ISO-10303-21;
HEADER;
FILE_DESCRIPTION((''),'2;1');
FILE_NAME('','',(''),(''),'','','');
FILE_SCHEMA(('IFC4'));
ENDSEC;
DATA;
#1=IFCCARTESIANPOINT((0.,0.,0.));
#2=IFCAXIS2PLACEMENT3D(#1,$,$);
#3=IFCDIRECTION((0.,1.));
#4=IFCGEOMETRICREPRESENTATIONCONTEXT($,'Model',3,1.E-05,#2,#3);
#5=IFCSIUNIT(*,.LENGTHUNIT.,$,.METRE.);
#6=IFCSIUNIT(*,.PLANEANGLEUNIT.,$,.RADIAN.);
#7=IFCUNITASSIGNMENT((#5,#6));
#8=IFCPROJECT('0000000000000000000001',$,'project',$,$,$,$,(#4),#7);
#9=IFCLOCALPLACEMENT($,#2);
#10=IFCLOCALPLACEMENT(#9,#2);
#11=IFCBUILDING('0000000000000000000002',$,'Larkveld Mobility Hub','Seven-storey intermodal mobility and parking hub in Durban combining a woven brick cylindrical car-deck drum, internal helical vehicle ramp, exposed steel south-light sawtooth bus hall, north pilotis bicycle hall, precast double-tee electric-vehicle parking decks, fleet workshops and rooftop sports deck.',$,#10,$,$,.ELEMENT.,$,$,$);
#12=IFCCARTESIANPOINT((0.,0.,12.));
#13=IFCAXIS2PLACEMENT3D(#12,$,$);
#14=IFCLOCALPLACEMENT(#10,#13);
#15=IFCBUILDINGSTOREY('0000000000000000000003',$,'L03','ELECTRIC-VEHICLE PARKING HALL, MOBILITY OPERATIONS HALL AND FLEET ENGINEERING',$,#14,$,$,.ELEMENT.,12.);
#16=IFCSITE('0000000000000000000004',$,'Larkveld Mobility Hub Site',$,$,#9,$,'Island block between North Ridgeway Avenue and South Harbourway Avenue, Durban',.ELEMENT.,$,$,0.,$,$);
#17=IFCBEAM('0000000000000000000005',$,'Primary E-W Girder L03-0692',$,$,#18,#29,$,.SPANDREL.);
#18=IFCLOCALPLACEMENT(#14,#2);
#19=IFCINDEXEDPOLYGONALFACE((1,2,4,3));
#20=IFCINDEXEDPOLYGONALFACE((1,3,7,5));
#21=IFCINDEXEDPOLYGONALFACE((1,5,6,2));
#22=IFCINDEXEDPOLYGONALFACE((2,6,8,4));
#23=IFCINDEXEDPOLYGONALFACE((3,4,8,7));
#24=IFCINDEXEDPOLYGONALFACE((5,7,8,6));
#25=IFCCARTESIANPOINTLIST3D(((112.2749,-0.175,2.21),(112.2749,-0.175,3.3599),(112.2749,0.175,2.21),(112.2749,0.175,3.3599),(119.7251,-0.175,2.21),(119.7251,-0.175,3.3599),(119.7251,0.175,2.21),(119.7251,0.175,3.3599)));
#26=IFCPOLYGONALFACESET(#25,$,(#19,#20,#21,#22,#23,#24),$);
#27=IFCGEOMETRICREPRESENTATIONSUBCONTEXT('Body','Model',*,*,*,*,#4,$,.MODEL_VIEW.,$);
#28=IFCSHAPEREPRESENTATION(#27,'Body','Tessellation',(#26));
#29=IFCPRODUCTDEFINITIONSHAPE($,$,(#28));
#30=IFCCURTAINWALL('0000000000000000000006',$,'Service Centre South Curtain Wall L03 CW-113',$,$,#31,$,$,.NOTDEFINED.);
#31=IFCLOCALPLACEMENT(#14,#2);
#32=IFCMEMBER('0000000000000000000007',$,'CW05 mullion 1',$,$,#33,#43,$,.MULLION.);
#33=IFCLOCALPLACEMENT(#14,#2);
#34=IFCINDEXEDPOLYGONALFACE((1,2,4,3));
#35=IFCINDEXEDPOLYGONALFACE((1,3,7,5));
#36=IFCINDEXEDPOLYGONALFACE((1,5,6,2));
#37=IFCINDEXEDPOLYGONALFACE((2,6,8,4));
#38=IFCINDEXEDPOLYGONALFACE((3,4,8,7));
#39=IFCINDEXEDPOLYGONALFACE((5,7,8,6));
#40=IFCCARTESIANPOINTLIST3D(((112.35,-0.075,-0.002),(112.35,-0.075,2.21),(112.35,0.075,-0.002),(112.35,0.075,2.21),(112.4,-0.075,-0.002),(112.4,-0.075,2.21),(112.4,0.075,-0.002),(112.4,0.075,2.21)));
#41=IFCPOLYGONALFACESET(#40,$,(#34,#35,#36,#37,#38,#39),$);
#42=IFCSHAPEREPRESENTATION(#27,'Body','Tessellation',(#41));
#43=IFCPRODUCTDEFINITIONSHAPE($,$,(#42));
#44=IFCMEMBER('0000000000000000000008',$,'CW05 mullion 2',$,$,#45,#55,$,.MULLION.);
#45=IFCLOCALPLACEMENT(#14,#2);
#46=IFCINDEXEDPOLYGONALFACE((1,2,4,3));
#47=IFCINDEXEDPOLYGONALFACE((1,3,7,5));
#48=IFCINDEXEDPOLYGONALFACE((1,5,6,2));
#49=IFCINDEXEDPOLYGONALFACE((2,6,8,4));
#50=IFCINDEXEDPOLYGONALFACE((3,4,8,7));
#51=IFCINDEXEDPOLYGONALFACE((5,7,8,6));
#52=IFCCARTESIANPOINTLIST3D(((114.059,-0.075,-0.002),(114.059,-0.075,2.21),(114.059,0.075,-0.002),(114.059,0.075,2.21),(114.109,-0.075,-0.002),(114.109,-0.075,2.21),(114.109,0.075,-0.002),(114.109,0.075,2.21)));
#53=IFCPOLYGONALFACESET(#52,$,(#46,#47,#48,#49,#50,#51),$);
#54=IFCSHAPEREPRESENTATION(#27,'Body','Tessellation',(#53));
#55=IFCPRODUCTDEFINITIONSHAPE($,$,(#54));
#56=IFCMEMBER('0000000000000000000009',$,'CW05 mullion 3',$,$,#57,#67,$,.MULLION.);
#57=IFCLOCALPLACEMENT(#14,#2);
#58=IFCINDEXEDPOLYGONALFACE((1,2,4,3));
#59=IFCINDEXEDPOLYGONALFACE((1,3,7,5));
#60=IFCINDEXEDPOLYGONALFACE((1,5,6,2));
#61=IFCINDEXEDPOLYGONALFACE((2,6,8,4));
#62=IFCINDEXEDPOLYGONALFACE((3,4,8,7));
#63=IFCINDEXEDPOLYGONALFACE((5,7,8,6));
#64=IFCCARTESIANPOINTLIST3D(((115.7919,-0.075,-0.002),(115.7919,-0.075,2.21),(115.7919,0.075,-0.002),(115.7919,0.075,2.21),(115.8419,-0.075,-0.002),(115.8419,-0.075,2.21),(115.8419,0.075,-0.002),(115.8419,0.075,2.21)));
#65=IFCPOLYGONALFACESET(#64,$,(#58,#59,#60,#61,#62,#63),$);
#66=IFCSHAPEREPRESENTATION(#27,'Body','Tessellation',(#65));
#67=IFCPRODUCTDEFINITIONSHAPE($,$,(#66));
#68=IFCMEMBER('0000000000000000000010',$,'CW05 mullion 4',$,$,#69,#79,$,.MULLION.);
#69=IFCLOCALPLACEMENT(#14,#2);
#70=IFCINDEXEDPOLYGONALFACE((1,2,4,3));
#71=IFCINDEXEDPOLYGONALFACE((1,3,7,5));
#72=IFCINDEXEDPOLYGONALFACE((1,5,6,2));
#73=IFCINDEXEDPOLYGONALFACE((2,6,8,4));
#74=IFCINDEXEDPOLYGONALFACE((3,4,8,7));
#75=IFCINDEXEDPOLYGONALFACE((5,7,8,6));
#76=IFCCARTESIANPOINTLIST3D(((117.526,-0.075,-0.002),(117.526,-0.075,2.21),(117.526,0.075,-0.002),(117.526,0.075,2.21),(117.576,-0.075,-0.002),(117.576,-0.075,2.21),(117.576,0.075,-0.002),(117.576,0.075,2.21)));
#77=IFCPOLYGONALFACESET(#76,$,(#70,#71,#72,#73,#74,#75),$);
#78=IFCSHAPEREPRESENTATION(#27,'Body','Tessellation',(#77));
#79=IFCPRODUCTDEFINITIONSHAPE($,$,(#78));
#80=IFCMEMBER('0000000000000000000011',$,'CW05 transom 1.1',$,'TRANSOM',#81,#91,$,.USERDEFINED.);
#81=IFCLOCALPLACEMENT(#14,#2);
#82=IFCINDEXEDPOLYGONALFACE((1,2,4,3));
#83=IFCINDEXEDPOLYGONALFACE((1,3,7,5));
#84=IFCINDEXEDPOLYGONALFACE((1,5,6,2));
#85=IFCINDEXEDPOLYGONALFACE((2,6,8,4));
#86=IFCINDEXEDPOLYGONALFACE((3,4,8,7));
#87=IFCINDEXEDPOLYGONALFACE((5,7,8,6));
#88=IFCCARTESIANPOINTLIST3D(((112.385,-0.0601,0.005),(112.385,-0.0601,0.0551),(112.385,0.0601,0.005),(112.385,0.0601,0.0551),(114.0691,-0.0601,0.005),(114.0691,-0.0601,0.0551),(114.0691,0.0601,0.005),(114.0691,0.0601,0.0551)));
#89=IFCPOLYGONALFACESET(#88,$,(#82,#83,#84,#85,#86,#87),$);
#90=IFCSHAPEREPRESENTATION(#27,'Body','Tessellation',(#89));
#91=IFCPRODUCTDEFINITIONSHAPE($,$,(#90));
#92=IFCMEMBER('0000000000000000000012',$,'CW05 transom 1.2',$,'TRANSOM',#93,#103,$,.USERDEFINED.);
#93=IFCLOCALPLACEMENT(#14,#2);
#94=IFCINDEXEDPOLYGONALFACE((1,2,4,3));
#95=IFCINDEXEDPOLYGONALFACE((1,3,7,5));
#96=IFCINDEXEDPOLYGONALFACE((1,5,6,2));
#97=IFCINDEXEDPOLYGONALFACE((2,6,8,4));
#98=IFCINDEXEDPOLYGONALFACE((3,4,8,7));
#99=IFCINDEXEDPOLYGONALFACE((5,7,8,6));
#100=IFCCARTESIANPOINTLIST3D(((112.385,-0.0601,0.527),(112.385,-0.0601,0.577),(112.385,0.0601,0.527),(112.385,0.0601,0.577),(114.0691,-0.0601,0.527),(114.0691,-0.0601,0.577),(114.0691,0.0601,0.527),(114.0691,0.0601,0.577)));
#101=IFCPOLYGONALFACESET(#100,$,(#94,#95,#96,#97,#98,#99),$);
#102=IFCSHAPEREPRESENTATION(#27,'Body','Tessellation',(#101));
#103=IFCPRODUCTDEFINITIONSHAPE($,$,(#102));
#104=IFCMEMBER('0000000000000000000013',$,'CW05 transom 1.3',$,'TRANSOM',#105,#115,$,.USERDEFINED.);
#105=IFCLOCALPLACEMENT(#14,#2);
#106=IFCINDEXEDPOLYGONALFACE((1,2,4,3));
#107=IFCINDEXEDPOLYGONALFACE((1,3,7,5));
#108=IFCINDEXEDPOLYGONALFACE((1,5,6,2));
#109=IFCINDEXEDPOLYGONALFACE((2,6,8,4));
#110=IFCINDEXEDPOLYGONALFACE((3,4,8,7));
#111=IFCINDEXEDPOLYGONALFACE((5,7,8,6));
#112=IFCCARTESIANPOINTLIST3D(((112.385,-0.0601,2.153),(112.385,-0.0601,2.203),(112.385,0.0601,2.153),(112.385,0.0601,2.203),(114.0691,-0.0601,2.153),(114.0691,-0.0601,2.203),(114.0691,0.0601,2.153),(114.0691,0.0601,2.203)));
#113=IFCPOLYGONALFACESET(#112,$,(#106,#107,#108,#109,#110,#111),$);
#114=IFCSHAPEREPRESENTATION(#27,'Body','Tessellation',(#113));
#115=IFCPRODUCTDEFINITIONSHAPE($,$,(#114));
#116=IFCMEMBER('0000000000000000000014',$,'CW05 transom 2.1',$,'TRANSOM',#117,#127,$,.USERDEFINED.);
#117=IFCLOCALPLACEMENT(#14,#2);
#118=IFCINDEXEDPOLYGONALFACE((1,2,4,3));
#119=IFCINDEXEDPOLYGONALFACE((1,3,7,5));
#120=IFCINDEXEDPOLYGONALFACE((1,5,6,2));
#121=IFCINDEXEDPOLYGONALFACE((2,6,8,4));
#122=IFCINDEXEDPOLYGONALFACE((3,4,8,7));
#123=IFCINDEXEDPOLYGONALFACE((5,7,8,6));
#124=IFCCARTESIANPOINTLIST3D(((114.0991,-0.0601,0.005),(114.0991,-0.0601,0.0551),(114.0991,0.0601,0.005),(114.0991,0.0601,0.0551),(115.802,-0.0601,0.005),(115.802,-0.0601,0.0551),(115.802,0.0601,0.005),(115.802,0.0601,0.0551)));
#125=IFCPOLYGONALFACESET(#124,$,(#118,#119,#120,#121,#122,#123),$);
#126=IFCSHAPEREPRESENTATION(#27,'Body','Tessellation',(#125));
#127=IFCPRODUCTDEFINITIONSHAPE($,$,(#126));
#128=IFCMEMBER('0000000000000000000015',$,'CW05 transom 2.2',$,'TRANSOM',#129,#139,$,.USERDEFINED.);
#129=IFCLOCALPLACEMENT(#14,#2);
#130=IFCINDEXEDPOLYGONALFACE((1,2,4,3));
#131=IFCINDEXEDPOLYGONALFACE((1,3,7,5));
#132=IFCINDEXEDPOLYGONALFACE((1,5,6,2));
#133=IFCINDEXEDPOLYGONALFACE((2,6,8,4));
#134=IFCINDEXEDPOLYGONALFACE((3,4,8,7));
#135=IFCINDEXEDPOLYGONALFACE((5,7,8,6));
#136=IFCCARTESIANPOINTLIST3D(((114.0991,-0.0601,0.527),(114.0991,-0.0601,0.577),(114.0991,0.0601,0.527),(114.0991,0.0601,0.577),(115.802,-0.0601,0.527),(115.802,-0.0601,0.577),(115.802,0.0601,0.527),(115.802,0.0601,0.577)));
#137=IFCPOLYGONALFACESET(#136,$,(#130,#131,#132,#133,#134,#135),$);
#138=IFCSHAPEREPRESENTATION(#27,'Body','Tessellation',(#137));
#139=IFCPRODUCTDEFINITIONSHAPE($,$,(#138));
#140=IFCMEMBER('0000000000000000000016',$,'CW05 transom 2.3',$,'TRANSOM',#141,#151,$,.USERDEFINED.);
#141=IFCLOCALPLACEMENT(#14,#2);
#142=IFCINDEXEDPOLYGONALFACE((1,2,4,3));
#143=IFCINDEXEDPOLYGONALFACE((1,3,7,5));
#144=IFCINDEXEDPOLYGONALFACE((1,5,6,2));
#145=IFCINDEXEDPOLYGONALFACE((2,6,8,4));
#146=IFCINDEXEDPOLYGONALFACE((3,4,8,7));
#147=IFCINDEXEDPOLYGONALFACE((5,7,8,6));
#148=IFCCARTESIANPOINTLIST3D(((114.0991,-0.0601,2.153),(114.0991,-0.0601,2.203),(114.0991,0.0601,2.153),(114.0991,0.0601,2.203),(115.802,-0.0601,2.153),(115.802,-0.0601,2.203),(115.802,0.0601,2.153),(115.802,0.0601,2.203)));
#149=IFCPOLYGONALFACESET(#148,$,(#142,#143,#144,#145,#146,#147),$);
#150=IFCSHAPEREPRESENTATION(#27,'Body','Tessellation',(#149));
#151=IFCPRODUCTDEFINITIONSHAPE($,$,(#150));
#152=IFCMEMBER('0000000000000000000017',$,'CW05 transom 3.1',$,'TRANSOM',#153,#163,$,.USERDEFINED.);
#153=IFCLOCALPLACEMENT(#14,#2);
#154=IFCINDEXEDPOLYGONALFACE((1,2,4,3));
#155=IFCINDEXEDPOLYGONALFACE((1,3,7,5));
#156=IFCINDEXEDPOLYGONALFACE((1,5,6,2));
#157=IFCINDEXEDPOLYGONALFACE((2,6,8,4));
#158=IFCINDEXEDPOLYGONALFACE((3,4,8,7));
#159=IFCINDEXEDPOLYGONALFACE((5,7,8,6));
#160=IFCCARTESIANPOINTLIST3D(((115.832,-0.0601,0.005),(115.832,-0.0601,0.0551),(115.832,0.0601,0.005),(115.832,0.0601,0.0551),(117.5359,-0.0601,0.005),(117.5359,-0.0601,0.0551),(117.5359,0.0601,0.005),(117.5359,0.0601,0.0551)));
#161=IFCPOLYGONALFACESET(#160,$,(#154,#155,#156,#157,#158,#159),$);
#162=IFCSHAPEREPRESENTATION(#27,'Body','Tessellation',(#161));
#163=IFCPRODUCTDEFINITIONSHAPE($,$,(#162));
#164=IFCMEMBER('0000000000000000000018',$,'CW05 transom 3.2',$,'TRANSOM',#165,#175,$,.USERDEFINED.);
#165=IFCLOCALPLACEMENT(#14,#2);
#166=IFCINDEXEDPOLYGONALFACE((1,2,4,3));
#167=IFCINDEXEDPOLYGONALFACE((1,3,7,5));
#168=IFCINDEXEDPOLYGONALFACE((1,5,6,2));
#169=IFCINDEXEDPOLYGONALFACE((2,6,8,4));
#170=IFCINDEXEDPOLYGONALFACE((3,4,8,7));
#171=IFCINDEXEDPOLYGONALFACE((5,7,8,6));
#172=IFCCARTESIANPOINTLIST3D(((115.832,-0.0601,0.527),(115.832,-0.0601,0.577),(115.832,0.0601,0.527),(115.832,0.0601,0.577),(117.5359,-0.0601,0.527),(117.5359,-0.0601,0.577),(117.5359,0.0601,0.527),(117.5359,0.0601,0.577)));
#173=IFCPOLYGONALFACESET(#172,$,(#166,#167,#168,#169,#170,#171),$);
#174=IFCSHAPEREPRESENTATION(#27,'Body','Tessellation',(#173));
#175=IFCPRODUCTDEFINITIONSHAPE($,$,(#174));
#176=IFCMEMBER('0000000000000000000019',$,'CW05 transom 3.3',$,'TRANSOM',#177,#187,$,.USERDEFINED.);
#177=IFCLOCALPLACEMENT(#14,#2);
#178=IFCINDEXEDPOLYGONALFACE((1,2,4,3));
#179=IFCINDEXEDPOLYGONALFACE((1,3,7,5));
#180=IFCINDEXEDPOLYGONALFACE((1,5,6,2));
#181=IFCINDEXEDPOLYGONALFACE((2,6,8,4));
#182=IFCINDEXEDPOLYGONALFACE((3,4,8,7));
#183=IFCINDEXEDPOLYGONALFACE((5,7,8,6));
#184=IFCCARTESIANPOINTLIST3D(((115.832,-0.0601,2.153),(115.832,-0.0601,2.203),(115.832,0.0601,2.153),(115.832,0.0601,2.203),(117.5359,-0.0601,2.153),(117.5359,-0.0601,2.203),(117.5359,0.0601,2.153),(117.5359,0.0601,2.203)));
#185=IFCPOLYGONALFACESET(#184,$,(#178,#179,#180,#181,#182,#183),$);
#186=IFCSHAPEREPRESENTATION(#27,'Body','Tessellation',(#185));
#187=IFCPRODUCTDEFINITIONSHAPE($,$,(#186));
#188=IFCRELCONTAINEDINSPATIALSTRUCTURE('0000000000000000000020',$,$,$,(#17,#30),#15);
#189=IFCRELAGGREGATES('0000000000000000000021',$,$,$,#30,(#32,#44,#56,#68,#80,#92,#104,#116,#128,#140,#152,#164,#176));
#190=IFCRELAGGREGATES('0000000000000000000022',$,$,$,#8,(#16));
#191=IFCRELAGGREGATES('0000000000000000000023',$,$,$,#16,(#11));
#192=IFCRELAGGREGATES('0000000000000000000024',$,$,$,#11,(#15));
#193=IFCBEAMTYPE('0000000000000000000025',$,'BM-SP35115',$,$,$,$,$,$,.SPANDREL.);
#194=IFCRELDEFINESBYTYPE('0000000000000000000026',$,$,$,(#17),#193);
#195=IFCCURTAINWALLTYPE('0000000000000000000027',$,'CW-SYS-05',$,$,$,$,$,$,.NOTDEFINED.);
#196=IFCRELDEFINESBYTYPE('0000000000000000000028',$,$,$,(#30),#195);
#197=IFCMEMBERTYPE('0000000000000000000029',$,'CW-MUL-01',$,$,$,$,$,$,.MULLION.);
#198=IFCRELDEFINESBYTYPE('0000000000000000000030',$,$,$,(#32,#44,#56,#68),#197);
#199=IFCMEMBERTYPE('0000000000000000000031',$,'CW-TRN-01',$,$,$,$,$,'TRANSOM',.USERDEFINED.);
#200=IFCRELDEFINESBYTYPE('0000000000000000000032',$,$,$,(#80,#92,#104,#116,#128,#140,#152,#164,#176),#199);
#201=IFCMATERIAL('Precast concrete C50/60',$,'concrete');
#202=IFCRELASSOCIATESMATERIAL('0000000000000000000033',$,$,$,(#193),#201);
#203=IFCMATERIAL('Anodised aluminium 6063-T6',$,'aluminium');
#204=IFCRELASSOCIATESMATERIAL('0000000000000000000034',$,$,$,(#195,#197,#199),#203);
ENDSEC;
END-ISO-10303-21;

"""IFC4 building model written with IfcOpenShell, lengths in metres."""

from ifc_helpers import new_model, si_unit, direction, frame, origin, origin_2d, place, context, subcontext, project, spatial, rectangle, extrude, material, material_profile, profile_set, type_object, element, aggregate, save


model = new_model("IFC4")

# Units and contexts
model_context = context("Model", 3, precision=1e-05, world=origin(), true_north=direction((0.0, 1.0)))
body_context = subcontext(model_context, "Body", "Model", "MODEL_VIEW")
ifc_project = project(units=[si_unit("LENGTHUNIT", "METRE"), si_unit("PLANEANGLEUNIT", "RADIAN")], contexts=[model_context])

# Site, building, storey
site_placement = place(None, origin())
site = spatial("IfcSite", under=ifc_project, at=site_placement, Name="Larkveld Mobility Hub Site", LongName="Island block between North Ridgeway Avenue and South Harbourway Avenue, Durban", CompositionType="ELEMENT", RefElevation=0.0)
building_placement = place(site_placement, origin())
building = spatial("IfcBuilding", under=site, at=building_placement, Name="Larkveld Mobility Hub", Description="Seven-storey intermodal mobility and parking hub in Durban combining a woven brick cylindrical car-deck drum, internal helical vehicle ramp, exposed steel south-light sawtooth bus hall, north pilotis bicycle hall, precast double-tee electric-vehicle parking decks, fleet workshops and rooftop sports deck.", CompositionType="ELEMENT")
storey_placement = place(building_placement, frame((0.0, 0.0, 12.0)))
storey = spatial("IfcBuildingStorey", under=building, at=storey_placement, Name="L03", Description="ELECTRIC-VEHICLE PARKING HALL, MOBILITY OPERATIONS HALL AND FLEET ENGINEERING", CompositionType="ELEMENT", Elevation=12.0)

# Beam
ifc_material_1 = material(Name="Precast concrete C50/60", Category="concrete")
ifc_material_profile_1 = material_profile(ifc_material_1, rectangle(XDim=0.3501, YDim=1.1499, at=origin_2d()), Name="PC SP 350x1150")
ifc_profile_set_1 = profile_set([ifc_material_profile_1], Name="Precast concrete C50/60")
beam_type = type_object("IfcBeamType", Name="BM-SP35115", PredefinedType="SPANDREL", material=ifc_profile_set_1)
beam_placement = place(storey_placement, frame((112.2749, 0.0, 2.7849), z_axis=(1.0, 0.0, 0.0), x_axis=(0.0, 1.0, 0.0)))
element("IfcBeam", 1, at=beam_placement, inside=storey, type_object=beam_type, Name="Primary E-W Girder L03-0692", PredefinedType="SPANDREL", context=body_context, shape_type="SweptSolid", body=[
    extrude(rectangle(XDim=0.3501, YDim=1.1499, at=origin_2d()), origin(), (0.0, 0.0, 1.0), 7.4502),
])

# Curtain wall, members
ifc_material_2 = material(Name="Anodised aluminium 6063-T6", Category="aluminium")
curtain_wall_type = type_object("IfcCurtainWallType", Name="CW-SYS-05", PredefinedType="NOTDEFINED", material=ifc_material_2)
curtain_wall_placement = place(storey_placement, origin())
curtain_wall = element("IfcCurtainWall", 2, at=curtain_wall_placement, inside=storey, type_object=curtain_wall_type, Name="Service Centre South Curtain Wall L03 CW-113", PredefinedType="NOTDEFINED")
ifc_material_profile_2 = material_profile(ifc_material_2, rectangle(XDim=0.05, YDim=0.1499, at=origin_2d()), Name="ALU MULL 50x150")
ifc_profile_set_2 = profile_set([ifc_material_profile_2], Name="Anodised aluminium 6063-T6")
member_type_1 = type_object("IfcMemberType", Name="CW-MUL-01", PredefinedType="MULLION", material=ifc_profile_set_2)
member_1_placement = place(storey_placement, frame((112.375, 0.0, -0.002), z_axis=(0.0, 0.0, 1.0), x_axis=(1.0, 0.0, 0.0)))
member_1 = element("IfcMember", 3, at=member_1_placement, type_object=member_type_1, Name="CW05 mullion 1", PredefinedType="MULLION", context=body_context, shape_type="SweptSolid", body=[
    extrude(rectangle(XDim=0.05, YDim=0.1499, at=origin_2d()), origin(), (0.0, 0.0, 1.0), 2.2119),
])
member_2_placement = place(storey_placement, frame((114.084, 0.0, -0.002), z_axis=(0.0, 0.0, 1.0), x_axis=(1.0, 0.0, 0.0)))
member_2 = element("IfcMember", 4, at=member_2_placement, type_object=member_type_1, Name="CW05 mullion 2", PredefinedType="MULLION", context=body_context, shape_type="SweptSolid", body=[
    extrude(rectangle(XDim=0.05, YDim=0.1499, at=origin_2d()), origin(), (0.0, 0.0, 1.0), 2.2119),
])
member_3_placement = place(storey_placement, frame((115.8169, 0.0, -0.002), z_axis=(0.0, 0.0, 1.0), x_axis=(1.0, 0.0, 0.0)))
member_3 = element("IfcMember", 5, at=member_3_placement, type_object=member_type_1, Name="CW05 mullion 3", PredefinedType="MULLION", context=body_context, shape_type="SweptSolid", body=[
    extrude(rectangle(XDim=0.05, YDim=0.1499, at=origin_2d()), origin(), (0.0, 0.0, 1.0), 2.2119),
])
member_4_placement = place(storey_placement, frame((117.551, 0.0, -0.002), z_axis=(0.0, 0.0, 1.0), x_axis=(1.0, 0.0, 0.0)))
member_4 = element("IfcMember", 6, at=member_4_placement, type_object=member_type_1, Name="CW05 mullion 4", PredefinedType="MULLION", context=body_context, shape_type="SweptSolid", body=[
    extrude(rectangle(XDim=0.05, YDim=0.1499, at=origin_2d()), origin(), (0.0, 0.0, 1.0), 2.2119),
])
ifc_material_profile_3 = material_profile(ifc_material_2, rectangle(XDim=0.1201, YDim=0.05, at=origin_2d()), Name="ALU TRAN 50x120")
ifc_profile_set_3 = profile_set([ifc_material_profile_3], Name="Anodised aluminium 6063-T6")
member_type_2 = type_object("IfcMemberType", Name="CW-TRN-01", ElementType="TRANSOM", PredefinedType="USERDEFINED", material=ifc_profile_set_3)
member_5_placement = place(storey_placement, frame((112.385, 0.0, 0.03), z_axis=(1.0, 0.0, 0.0), x_axis=(0.0, 1.0, 0.0)))
member_5 = element("IfcMember", 7, at=member_5_placement, type_object=member_type_2, Name="CW05 transom 1.1", ObjectType="TRANSOM", PredefinedType="USERDEFINED", context=body_context, shape_type="SweptSolid", body=[
    extrude(rectangle(XDim=0.1201, YDim=0.05, at=origin_2d()), origin(), (0.0, 0.0, 1.0), 1.6841),
])
member_6_placement = place(storey_placement, frame((112.385, 0.0, 0.552), z_axis=(1.0, 0.0, 0.0), x_axis=(0.0, 1.0, 0.0)))
member_6 = element("IfcMember", 8, at=member_6_placement, type_object=member_type_2, Name="CW05 transom 1.2", ObjectType="TRANSOM", PredefinedType="USERDEFINED", context=body_context, shape_type="SweptSolid", body=[
    extrude(rectangle(XDim=0.1201, YDim=0.05, at=origin_2d()), origin(), (0.0, 0.0, 1.0), 1.6841),
])
member_7_placement = place(storey_placement, frame((112.385, 0.0, 2.178), z_axis=(1.0, 0.0, 0.0), x_axis=(0.0, 1.0, 0.0)))
member_7 = element("IfcMember", 9, at=member_7_placement, type_object=member_type_2, Name="CW05 transom 1.3", ObjectType="TRANSOM", PredefinedType="USERDEFINED", context=body_context, shape_type="SweptSolid", body=[
    extrude(rectangle(XDim=0.1201, YDim=0.05, at=origin_2d()), origin(), (0.0, 0.0, 1.0), 1.6841),
])
member_8_placement = place(storey_placement, frame((114.0991, 0.0, 0.03), z_axis=(1.0, 0.0, 0.0), x_axis=(0.0, 1.0, 0.0)))
member_8 = element("IfcMember", 10, at=member_8_placement, type_object=member_type_2, Name="CW05 transom 2.1", ObjectType="TRANSOM", PredefinedType="USERDEFINED", context=body_context, shape_type="SweptSolid", body=[
    extrude(rectangle(XDim=0.1201, YDim=0.05, at=origin_2d()), origin(), (0.0, 0.0, 1.0), 1.7029),
])
member_9_placement = place(storey_placement, frame((114.0991, 0.0, 0.552), z_axis=(1.0, 0.0, 0.0), x_axis=(0.0, 1.0, 0.0)))
member_9 = element("IfcMember", 11, at=member_9_placement, type_object=member_type_2, Name="CW05 transom 2.2", ObjectType="TRANSOM", PredefinedType="USERDEFINED", context=body_context, shape_type="SweptSolid", body=[
    extrude(rectangle(XDim=0.1201, YDim=0.05, at=origin_2d()), origin(), (0.0, 0.0, 1.0), 1.7029),
])
member_10_placement = place(storey_placement, frame((114.0991, 0.0, 2.178), z_axis=(1.0, 0.0, 0.0), x_axis=(0.0, 1.0, 0.0)))
member_10 = element("IfcMember", 12, at=member_10_placement, type_object=member_type_2, Name="CW05 transom 2.3", ObjectType="TRANSOM", PredefinedType="USERDEFINED", context=body_context, shape_type="SweptSolid", body=[
    extrude(rectangle(XDim=0.1201, YDim=0.05, at=origin_2d()), origin(), (0.0, 0.0, 1.0), 1.7029),
])
member_11_placement = place(storey_placement, frame((115.832, 0.0, 0.03), z_axis=(1.0, 0.0, 0.0), x_axis=(0.0, 1.0, 0.0)))
member_11 = element("IfcMember", 13, at=member_11_placement, type_object=member_type_2, Name="CW05 transom 3.1", ObjectType="TRANSOM", PredefinedType="USERDEFINED", context=body_context, shape_type="SweptSolid", body=[
    extrude(rectangle(XDim=0.1201, YDim=0.05, at=origin_2d()), origin(), (0.0, 0.0, 1.0), 1.7039),
])
member_12_placement = place(storey_placement, frame((115.832, 0.0, 0.552), z_axis=(1.0, 0.0, 0.0), x_axis=(0.0, 1.0, 0.0)))
member_12 = element("IfcMember", 14, at=member_12_placement, type_object=member_type_2, Name="CW05 transom 3.2", ObjectType="TRANSOM", PredefinedType="USERDEFINED", context=body_context, shape_type="SweptSolid", body=[
    extrude(rectangle(XDim=0.1201, YDim=0.05, at=origin_2d()), origin(), (0.0, 0.0, 1.0), 1.7039),
])
member_13_placement = place(storey_placement, frame((115.832, 0.0, 2.178), z_axis=(1.0, 0.0, 0.0), x_axis=(0.0, 1.0, 0.0)))
member_13 = element("IfcMember", 15, at=member_13_placement, type_object=member_type_2, Name="CW05 transom 3.3", ObjectType="TRANSOM", PredefinedType="USERDEFINED", context=body_context, shape_type="SweptSolid", body=[
    extrude(rectangle(XDim=0.1201, YDim=0.05, at=origin_2d()), origin(), (0.0, 0.0, 1.0), 1.7039),
])
aggregate(curtain_wall, [member_1, member_2, member_3, member_4, member_5, member_6, member_7, member_8, member_9, member_10, member_11, member_12, member_13])

save(model, "model.ifc")
